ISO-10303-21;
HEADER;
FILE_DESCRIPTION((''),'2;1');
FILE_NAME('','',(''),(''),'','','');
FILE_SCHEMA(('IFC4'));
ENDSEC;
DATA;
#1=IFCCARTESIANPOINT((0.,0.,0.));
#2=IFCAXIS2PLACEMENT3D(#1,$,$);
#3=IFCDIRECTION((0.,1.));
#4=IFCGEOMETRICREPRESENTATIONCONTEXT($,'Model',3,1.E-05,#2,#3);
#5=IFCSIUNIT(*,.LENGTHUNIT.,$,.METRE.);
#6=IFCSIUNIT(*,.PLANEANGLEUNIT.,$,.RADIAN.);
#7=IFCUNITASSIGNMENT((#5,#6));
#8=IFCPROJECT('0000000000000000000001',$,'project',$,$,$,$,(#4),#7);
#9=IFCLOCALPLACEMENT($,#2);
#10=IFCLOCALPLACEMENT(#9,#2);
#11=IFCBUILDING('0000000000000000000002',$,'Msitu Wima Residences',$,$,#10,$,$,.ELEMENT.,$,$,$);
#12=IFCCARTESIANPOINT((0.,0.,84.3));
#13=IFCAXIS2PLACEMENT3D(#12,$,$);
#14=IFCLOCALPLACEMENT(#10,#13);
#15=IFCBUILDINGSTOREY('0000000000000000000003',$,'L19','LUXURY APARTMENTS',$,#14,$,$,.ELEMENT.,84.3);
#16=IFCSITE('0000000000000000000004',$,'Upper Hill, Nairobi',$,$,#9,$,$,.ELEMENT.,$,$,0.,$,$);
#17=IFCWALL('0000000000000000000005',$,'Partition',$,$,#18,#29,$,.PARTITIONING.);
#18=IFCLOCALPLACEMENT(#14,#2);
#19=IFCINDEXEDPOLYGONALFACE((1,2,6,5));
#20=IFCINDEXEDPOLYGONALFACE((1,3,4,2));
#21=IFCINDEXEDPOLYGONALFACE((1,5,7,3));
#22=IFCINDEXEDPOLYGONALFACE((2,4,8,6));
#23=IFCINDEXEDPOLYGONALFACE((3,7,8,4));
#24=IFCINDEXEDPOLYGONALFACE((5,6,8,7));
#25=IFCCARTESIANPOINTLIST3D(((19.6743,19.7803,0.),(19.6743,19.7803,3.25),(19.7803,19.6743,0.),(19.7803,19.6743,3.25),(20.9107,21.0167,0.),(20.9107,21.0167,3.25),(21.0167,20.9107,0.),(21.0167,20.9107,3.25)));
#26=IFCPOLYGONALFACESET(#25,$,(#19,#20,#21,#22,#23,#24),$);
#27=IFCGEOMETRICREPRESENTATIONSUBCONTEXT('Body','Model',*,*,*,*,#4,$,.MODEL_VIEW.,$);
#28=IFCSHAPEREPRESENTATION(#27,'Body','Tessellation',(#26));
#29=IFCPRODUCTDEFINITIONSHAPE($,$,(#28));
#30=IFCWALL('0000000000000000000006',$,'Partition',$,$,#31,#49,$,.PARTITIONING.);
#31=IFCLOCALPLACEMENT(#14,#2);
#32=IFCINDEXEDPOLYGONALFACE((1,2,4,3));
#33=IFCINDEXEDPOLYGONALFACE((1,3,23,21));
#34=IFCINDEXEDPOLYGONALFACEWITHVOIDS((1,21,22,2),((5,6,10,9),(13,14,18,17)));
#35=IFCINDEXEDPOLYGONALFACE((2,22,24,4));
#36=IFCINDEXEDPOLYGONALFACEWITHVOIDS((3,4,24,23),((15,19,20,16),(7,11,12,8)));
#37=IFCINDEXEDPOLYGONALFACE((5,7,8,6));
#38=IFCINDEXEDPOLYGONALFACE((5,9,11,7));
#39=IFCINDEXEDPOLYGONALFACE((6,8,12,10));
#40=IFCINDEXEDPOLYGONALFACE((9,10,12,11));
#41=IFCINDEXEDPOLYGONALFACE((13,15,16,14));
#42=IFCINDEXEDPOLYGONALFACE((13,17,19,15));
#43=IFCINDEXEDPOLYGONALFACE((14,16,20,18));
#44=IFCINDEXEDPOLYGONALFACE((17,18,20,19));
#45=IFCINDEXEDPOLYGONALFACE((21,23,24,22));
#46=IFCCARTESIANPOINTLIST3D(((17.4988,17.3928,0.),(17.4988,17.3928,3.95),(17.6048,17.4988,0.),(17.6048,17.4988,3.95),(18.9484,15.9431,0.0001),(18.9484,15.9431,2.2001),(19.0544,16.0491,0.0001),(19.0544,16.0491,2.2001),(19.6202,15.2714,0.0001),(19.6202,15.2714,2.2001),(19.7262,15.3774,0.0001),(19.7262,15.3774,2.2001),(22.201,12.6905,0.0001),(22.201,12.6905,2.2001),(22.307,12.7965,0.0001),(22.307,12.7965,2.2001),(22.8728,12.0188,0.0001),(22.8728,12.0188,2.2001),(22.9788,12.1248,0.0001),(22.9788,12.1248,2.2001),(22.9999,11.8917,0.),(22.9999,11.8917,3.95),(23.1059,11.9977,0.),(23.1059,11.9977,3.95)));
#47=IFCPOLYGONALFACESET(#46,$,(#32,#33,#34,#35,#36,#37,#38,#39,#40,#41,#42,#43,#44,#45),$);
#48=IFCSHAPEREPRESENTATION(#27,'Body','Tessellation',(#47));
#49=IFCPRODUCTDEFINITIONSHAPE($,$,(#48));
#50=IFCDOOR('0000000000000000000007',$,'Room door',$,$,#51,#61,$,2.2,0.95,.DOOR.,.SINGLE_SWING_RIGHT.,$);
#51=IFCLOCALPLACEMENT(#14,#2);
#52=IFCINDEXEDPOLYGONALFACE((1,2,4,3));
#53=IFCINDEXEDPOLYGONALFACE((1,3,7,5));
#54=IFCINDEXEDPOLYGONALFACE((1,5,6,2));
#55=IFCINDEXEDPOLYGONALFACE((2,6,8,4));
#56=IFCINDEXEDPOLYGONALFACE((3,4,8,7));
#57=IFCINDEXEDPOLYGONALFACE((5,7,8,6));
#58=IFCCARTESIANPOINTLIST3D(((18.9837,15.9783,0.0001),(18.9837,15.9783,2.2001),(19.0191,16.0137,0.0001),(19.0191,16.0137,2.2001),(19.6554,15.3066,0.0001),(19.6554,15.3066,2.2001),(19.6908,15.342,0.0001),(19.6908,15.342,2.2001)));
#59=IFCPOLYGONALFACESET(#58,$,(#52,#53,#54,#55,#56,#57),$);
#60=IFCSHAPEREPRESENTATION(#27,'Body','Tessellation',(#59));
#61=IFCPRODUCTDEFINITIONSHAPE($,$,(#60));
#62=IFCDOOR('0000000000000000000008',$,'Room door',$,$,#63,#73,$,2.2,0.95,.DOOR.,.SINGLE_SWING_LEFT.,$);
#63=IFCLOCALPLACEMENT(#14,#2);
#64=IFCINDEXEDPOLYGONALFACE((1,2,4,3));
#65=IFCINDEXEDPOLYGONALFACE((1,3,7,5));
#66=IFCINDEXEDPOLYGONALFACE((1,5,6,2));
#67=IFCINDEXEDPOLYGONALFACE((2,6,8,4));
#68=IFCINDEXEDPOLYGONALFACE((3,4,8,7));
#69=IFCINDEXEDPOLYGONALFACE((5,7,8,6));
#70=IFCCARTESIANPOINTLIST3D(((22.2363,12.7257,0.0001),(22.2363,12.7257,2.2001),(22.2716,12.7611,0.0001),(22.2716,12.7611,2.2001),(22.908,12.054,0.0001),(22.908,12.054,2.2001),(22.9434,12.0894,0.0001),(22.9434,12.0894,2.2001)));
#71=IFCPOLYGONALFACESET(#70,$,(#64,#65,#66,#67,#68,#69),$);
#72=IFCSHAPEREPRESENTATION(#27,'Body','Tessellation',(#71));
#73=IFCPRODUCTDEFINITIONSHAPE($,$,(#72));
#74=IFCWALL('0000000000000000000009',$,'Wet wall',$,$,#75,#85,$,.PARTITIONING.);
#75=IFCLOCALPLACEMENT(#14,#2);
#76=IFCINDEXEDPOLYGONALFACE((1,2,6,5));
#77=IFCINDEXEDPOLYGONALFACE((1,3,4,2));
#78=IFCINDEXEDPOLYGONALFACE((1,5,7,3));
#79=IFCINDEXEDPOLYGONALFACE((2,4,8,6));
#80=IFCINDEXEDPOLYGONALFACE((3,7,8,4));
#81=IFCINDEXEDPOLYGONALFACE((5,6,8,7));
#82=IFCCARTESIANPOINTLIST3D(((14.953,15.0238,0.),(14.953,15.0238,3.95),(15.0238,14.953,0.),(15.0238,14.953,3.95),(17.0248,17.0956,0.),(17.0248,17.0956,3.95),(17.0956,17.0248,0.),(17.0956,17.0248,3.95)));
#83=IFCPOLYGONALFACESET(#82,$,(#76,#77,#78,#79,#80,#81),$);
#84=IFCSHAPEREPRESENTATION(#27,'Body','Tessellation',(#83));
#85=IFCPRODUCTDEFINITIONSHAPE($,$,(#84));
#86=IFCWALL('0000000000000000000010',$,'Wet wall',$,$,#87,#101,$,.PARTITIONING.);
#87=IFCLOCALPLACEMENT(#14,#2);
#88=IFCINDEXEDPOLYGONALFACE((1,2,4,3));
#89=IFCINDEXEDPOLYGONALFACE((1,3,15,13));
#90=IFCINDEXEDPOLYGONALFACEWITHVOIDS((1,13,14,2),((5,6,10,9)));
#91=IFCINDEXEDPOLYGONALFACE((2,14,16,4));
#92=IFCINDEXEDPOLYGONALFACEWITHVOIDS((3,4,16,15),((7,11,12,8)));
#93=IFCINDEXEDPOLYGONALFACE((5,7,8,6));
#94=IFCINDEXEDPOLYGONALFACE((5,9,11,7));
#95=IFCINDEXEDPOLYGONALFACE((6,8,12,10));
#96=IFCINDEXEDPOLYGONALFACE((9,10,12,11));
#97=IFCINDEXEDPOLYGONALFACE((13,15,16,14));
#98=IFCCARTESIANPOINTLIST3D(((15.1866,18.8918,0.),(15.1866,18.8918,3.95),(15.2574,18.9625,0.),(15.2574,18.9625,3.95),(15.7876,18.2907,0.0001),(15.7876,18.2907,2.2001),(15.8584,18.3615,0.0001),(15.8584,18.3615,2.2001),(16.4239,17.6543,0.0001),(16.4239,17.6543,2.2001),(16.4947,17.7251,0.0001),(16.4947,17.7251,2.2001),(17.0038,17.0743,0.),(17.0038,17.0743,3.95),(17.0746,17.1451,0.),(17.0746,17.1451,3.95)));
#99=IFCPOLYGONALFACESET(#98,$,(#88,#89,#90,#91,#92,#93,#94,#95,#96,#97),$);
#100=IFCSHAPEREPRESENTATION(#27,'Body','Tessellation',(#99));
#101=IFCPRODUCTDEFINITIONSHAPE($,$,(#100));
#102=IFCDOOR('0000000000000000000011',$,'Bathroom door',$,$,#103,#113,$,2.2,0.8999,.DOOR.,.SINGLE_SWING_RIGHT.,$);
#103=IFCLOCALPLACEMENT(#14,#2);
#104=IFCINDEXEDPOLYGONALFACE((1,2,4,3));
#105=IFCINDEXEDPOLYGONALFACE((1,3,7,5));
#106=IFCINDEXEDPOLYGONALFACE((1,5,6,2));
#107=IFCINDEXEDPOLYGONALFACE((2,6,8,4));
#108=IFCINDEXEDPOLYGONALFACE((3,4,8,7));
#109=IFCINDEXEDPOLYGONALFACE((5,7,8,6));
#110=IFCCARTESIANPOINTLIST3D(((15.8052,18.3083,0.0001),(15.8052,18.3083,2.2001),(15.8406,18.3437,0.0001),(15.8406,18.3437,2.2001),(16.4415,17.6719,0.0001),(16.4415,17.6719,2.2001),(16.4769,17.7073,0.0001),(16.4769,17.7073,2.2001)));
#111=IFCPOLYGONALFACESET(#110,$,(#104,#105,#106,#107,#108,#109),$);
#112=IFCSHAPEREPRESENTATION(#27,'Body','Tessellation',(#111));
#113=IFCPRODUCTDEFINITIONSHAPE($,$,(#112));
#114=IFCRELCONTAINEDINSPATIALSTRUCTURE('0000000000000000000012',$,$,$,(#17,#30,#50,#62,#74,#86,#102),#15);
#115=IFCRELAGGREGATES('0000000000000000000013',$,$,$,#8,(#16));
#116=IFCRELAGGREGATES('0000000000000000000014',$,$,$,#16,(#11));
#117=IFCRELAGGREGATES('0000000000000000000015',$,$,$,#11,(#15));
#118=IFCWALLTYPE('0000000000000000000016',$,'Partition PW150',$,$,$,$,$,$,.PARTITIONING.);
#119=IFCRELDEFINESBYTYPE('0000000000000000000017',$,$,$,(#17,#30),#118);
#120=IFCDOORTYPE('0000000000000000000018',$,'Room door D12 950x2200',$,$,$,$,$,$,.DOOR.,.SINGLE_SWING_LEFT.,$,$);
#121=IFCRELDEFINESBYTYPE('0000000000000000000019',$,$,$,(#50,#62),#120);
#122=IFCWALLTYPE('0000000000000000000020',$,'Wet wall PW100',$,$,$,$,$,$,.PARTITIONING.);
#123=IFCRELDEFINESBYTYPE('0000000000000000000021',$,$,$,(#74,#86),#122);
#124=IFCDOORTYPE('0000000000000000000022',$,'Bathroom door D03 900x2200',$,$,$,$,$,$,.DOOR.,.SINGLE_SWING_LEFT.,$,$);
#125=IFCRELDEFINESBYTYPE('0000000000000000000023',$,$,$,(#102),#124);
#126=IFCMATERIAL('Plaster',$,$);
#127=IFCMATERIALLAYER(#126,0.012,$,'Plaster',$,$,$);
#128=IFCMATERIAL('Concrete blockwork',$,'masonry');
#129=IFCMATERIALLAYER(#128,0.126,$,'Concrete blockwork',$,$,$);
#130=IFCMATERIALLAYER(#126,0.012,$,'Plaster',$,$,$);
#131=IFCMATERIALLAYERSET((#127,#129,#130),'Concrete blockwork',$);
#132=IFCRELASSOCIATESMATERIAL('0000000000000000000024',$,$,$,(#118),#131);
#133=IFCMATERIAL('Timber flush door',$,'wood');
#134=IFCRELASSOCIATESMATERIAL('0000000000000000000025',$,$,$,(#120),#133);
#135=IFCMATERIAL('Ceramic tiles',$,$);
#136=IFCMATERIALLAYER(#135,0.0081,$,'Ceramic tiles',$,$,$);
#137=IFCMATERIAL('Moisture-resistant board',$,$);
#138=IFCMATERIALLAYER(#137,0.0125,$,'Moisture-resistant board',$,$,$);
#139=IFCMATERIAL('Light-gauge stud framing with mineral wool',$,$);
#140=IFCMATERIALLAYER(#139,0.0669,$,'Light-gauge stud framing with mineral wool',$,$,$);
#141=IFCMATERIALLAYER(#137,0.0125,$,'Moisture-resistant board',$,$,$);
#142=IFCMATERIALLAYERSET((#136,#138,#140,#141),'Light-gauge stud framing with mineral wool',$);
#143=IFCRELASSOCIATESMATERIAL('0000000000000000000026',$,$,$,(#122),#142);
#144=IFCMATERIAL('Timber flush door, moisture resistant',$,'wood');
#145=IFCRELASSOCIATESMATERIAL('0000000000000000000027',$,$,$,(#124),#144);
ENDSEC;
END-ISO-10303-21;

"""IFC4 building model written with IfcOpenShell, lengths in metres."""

from ifc_helpers import new_model, si_unit, direction, frame, frame_2d, origin, place, context, subcontext, project, spatial, rectangle, extrude, material, layer, layer_set, type_object, element, fill, save


model = new_model("IFC4")

# Units and contexts
model_context = context("Model", 3, precision=1e-05, world=origin(), true_north=direction((0.0, 1.0)))
body_context = subcontext(model_context, "Body", "Model", "MODEL_VIEW")
ifc_project = project(units=[si_unit("LENGTHUNIT", "METRE"), si_unit("PLANEANGLEUNIT", "RADIAN")], contexts=[model_context])

# Site, building, storey
site_placement = place(None, origin())
site = spatial("IfcSite", under=ifc_project, at=site_placement, Name="Upper Hill, Nairobi", CompositionType="ELEMENT", RefElevation=0.0)
building_placement = place(site_placement, origin())
building = spatial("IfcBuilding", under=site, at=building_placement, Name="Msitu Wima Residences", CompositionType="ELEMENT")
storey_placement = place(building_placement, frame((0.0, 0.0, 84.3)))
storey = spatial("IfcBuildingStorey", under=building, at=storey_placement, Name="L19", Description="LUXURY APARTMENTS", CompositionType="ELEMENT", Elevation=84.3)

# Wall
ifc_material_1 = material(Name="Plaster")
ifc_layer_1 = layer(ifc_material_1, 0.012, Name="Plaster")
ifc_material_2 = material(Name="Concrete blockwork", Category="masonry")
ifc_layer_2 = layer(ifc_material_2, 0.126, Name="Concrete blockwork")
ifc_layer_3 = layer(ifc_material_1, 0.012, Name="Plaster")
ifc_layer_set_1 = layer_set([ifc_layer_1, ifc_layer_2, ifc_layer_3], Name="Concrete blockwork")
wall_type_1 = type_object("IfcWallType", Name="Partition PW150", PredefinedType="PARTITIONING", material=ifc_layer_set_1)
wall_1_placement = place(storey_placement, frame((19.7273, 19.7273, 0.0), z_axis=(0.0, 0.0, 1.0), x_axis=(0.707107, 0.707107, 0.0)))
element("IfcWall", 1, at=wall_1_placement, inside=storey, type_object=wall_type_1, Name="Partition", PredefinedType="PARTITIONING", context=body_context, shape_type="SweptSolid", body=[
    extrude(rectangle(XDim=1.7485, YDim=0.1499, at=frame_2d((0.8743, 0.0))), origin(), (0.0, 0.0, 1.0), 3.25),
])

# Wall, openings, doors
wall_2_placement = place(storey_placement, frame((17.5518, 17.4458, 0.0), z_axis=(0.0, 0.0, 1.0), x_axis=(0.707107, -0.707107, 0.0)))
wall_2 = element("IfcWall", 2, at=wall_2_placement, inside=storey, type_object=wall_type_1, Name="Partition", PredefinedType="PARTITIONING", context=body_context, shape_type="SweptSolid", body=[
    extrude(rectangle(XDim=7.7798, YDim=0.1499, at=frame_2d((3.8899, 0.0))), origin(), (0.0, 0.0, 1.0), 3.95),
])
opening_1_placement = place(wall_2_placement, frame((2.05, 0.0, 0.0)))
opening_1 = element("IfcOpeningElement", 3, at=opening_1_placement, cuts=wall_2, PredefinedType="OPENING", context=body_context, shape_type="SweptSolid", body=[
    extrude(rectangle(XDim=0.95, YDim=2.2, at=frame_2d((0.4751, 1.1001))), frame((0.0, 0.085, 0.0), z_axis=(0.0, -1.0, 0.0), x_axis=(1.0, 0.0, 0.0)), (0.0, 0.0, 1.0), 0.1699),
])
opening_2_placement = place(wall_2_placement, frame((6.6499, 0.0, 0.0)))
opening_2 = element("IfcOpeningElement", 4, at=opening_2_placement, cuts=wall_2, PredefinedType="OPENING", context=body_context, shape_type="SweptSolid", body=[
    extrude(rectangle(XDim=0.95, YDim=2.2, at=frame_2d((0.4751, 1.1001))), frame((0.0, 0.085, 0.0), z_axis=(0.0, -1.0, 0.0), x_axis=(1.0, 0.0, 0.0)), (0.0, 0.0, 1.0), 0.1699),
])
ifc_material_3 = material(Name="Timber flush door", Category="wood")
door_type_1 = type_object("IfcDoorType", Name="Room door D12 950x2200", OperationType="SINGLE_SWING_LEFT", PredefinedType="DOOR", material=ifc_material_3)
door_1_placement = place(opening_1_placement, origin())
door_1 = element("IfcDoor", 5, at=door_1_placement, inside=storey, type_object=door_type_1, Name="Room door", OperationType="SINGLE_SWING_RIGHT", OverallHeight=2.2, OverallWidth=0.95, PredefinedType="DOOR", context=body_context, shape_type="SweptSolid", body=[
    extrude(rectangle(XDim=0.95, YDim=2.2, at=frame_2d((0.4751, 1.1001))), frame((0.0, 0.0249, 0.0), z_axis=(0.0, -1.0, 0.0), x_axis=(1.0, 0.0, 0.0)), (0.0, 0.0, 1.0), 0.05),
])
fill(opening_1, door_1)
door_2_placement = place(opening_2_placement, origin())
door_2 = element("IfcDoor", 6, at=door_2_placement, inside=storey, type_object=door_type_1, Name="Room door", OperationType="SINGLE_SWING_LEFT", OverallHeight=2.2, OverallWidth=0.95, PredefinedType="DOOR", context=body_context, shape_type="SweptSolid", body=[
    extrude(rectangle(XDim=0.95, YDim=2.2, at=frame_2d((0.4751, 1.1001))), frame((0.0, 0.0249, 0.0), z_axis=(0.0, -1.0, 0.0), x_axis=(1.0, 0.0, 0.0)), (0.0, 0.0, 1.0), 0.05),
])
fill(opening_2, door_2)

# Wall
ifc_material_4 = material(Name="Ceramic tiles")
ifc_layer_4 = layer(ifc_material_4, 0.0081, Name="Ceramic tiles")
ifc_material_5 = material(Name="Moisture-resistant board")
ifc_layer_5 = layer(ifc_material_5, 0.0125, Name="Moisture-resistant board")
ifc_material_6 = material(Name="Light-gauge stud framing with mineral wool")
ifc_layer_6 = layer(ifc_material_6, 0.0669, Name="Light-gauge stud framing with mineral wool")
ifc_layer_7 = layer(ifc_material_5, 0.0125, Name="Moisture-resistant board")
ifc_layer_set_2 = layer_set([ifc_layer_4, ifc_layer_5, ifc_layer_6, ifc_layer_7], Name="Light-gauge stud framing with mineral wool")
wall_type_2 = type_object("IfcWallType", Name="Wet wall PW100", PredefinedType="PARTITIONING", material=ifc_layer_set_2)
wall_3_placement = place(storey_placement, frame((14.9885, 14.9885, 0.0), z_axis=(0.0, 0.0, 1.0), x_axis=(0.707107, 0.707107, 0.0)))
element("IfcWall", 7, at=wall_3_placement, inside=storey, type_object=wall_type_2, Name="Wet wall", PredefinedType="PARTITIONING", context=body_context, shape_type="SweptSolid", body=[
    extrude(rectangle(XDim=2.9299, YDim=0.1001, at=frame_2d((1.4648, 0.0))), origin(), (0.0, 0.0, 1.0), 3.95),
])

# Wall, opening, door
wall_4_placement = place(storey_placement, frame((15.2219, 18.9272, 0.0), z_axis=(0.0, 0.0, 1.0), x_axis=(0.707059, -0.707154, 0.0)))
wall_4 = element("IfcWall", 8, at=wall_4_placement, inside=storey, type_object=wall_type_2, Name="Wet wall", PredefinedType="PARTITIONING", context=body_context, shape_type="SweptSolid", body=[
    extrude(rectangle(XDim=2.5701, YDim=0.1001, at=frame_2d((1.2852, 0.0))), origin(), (0.0, 0.0, 1.0), 3.95),
])
opening_3_placement = place(wall_4_placement, frame((0.8501, 0.0, 0.0)))
opening_3 = element("IfcOpeningElement", 9, at=opening_3_placement, cuts=wall_4, PredefinedType="OPENING", context=body_context, shape_type="SweptSolid", body=[
    extrude(rectangle(XDim=0.8999, YDim=2.2, at=frame_2d((0.45, 1.1001))), frame((0.0, 0.0601, 0.0), z_axis=(0.0, -1.0, 0.0), x_axis=(1.0, 0.0, 0.0)), (0.0, 0.0, 1.0), 0.1201),
])
ifc_material_7 = material(Name="Timber flush door, moisture resistant", Category="wood")
door_type_2 = type_object("IfcDoorType", Name="Bathroom door D03 900x2200", OperationType="SINGLE_SWING_LEFT", PredefinedType="DOOR", material=ifc_material_7)
door_3_placement = place(opening_3_placement, origin())
door_3 = element("IfcDoor", 10, at=door_3_placement, inside=storey, type_object=door_type_2, Name="Bathroom door", OperationType="SINGLE_SWING_RIGHT", OverallHeight=2.2, OverallWidth=0.8999, PredefinedType="DOOR", context=body_context, shape_type="SweptSolid", body=[
    extrude(rectangle(XDim=0.8999, YDim=2.2, at=frame_2d((0.45, 1.1001))), frame((0.0, 0.0249, 0.0), z_axis=(0.0, -1.0, 0.0), x_axis=(1.0, 0.0, 0.0)), (0.0, 0.0, 1.0), 0.05),
])
fill(opening_3, door_3)

save(model, "model.ifc")
